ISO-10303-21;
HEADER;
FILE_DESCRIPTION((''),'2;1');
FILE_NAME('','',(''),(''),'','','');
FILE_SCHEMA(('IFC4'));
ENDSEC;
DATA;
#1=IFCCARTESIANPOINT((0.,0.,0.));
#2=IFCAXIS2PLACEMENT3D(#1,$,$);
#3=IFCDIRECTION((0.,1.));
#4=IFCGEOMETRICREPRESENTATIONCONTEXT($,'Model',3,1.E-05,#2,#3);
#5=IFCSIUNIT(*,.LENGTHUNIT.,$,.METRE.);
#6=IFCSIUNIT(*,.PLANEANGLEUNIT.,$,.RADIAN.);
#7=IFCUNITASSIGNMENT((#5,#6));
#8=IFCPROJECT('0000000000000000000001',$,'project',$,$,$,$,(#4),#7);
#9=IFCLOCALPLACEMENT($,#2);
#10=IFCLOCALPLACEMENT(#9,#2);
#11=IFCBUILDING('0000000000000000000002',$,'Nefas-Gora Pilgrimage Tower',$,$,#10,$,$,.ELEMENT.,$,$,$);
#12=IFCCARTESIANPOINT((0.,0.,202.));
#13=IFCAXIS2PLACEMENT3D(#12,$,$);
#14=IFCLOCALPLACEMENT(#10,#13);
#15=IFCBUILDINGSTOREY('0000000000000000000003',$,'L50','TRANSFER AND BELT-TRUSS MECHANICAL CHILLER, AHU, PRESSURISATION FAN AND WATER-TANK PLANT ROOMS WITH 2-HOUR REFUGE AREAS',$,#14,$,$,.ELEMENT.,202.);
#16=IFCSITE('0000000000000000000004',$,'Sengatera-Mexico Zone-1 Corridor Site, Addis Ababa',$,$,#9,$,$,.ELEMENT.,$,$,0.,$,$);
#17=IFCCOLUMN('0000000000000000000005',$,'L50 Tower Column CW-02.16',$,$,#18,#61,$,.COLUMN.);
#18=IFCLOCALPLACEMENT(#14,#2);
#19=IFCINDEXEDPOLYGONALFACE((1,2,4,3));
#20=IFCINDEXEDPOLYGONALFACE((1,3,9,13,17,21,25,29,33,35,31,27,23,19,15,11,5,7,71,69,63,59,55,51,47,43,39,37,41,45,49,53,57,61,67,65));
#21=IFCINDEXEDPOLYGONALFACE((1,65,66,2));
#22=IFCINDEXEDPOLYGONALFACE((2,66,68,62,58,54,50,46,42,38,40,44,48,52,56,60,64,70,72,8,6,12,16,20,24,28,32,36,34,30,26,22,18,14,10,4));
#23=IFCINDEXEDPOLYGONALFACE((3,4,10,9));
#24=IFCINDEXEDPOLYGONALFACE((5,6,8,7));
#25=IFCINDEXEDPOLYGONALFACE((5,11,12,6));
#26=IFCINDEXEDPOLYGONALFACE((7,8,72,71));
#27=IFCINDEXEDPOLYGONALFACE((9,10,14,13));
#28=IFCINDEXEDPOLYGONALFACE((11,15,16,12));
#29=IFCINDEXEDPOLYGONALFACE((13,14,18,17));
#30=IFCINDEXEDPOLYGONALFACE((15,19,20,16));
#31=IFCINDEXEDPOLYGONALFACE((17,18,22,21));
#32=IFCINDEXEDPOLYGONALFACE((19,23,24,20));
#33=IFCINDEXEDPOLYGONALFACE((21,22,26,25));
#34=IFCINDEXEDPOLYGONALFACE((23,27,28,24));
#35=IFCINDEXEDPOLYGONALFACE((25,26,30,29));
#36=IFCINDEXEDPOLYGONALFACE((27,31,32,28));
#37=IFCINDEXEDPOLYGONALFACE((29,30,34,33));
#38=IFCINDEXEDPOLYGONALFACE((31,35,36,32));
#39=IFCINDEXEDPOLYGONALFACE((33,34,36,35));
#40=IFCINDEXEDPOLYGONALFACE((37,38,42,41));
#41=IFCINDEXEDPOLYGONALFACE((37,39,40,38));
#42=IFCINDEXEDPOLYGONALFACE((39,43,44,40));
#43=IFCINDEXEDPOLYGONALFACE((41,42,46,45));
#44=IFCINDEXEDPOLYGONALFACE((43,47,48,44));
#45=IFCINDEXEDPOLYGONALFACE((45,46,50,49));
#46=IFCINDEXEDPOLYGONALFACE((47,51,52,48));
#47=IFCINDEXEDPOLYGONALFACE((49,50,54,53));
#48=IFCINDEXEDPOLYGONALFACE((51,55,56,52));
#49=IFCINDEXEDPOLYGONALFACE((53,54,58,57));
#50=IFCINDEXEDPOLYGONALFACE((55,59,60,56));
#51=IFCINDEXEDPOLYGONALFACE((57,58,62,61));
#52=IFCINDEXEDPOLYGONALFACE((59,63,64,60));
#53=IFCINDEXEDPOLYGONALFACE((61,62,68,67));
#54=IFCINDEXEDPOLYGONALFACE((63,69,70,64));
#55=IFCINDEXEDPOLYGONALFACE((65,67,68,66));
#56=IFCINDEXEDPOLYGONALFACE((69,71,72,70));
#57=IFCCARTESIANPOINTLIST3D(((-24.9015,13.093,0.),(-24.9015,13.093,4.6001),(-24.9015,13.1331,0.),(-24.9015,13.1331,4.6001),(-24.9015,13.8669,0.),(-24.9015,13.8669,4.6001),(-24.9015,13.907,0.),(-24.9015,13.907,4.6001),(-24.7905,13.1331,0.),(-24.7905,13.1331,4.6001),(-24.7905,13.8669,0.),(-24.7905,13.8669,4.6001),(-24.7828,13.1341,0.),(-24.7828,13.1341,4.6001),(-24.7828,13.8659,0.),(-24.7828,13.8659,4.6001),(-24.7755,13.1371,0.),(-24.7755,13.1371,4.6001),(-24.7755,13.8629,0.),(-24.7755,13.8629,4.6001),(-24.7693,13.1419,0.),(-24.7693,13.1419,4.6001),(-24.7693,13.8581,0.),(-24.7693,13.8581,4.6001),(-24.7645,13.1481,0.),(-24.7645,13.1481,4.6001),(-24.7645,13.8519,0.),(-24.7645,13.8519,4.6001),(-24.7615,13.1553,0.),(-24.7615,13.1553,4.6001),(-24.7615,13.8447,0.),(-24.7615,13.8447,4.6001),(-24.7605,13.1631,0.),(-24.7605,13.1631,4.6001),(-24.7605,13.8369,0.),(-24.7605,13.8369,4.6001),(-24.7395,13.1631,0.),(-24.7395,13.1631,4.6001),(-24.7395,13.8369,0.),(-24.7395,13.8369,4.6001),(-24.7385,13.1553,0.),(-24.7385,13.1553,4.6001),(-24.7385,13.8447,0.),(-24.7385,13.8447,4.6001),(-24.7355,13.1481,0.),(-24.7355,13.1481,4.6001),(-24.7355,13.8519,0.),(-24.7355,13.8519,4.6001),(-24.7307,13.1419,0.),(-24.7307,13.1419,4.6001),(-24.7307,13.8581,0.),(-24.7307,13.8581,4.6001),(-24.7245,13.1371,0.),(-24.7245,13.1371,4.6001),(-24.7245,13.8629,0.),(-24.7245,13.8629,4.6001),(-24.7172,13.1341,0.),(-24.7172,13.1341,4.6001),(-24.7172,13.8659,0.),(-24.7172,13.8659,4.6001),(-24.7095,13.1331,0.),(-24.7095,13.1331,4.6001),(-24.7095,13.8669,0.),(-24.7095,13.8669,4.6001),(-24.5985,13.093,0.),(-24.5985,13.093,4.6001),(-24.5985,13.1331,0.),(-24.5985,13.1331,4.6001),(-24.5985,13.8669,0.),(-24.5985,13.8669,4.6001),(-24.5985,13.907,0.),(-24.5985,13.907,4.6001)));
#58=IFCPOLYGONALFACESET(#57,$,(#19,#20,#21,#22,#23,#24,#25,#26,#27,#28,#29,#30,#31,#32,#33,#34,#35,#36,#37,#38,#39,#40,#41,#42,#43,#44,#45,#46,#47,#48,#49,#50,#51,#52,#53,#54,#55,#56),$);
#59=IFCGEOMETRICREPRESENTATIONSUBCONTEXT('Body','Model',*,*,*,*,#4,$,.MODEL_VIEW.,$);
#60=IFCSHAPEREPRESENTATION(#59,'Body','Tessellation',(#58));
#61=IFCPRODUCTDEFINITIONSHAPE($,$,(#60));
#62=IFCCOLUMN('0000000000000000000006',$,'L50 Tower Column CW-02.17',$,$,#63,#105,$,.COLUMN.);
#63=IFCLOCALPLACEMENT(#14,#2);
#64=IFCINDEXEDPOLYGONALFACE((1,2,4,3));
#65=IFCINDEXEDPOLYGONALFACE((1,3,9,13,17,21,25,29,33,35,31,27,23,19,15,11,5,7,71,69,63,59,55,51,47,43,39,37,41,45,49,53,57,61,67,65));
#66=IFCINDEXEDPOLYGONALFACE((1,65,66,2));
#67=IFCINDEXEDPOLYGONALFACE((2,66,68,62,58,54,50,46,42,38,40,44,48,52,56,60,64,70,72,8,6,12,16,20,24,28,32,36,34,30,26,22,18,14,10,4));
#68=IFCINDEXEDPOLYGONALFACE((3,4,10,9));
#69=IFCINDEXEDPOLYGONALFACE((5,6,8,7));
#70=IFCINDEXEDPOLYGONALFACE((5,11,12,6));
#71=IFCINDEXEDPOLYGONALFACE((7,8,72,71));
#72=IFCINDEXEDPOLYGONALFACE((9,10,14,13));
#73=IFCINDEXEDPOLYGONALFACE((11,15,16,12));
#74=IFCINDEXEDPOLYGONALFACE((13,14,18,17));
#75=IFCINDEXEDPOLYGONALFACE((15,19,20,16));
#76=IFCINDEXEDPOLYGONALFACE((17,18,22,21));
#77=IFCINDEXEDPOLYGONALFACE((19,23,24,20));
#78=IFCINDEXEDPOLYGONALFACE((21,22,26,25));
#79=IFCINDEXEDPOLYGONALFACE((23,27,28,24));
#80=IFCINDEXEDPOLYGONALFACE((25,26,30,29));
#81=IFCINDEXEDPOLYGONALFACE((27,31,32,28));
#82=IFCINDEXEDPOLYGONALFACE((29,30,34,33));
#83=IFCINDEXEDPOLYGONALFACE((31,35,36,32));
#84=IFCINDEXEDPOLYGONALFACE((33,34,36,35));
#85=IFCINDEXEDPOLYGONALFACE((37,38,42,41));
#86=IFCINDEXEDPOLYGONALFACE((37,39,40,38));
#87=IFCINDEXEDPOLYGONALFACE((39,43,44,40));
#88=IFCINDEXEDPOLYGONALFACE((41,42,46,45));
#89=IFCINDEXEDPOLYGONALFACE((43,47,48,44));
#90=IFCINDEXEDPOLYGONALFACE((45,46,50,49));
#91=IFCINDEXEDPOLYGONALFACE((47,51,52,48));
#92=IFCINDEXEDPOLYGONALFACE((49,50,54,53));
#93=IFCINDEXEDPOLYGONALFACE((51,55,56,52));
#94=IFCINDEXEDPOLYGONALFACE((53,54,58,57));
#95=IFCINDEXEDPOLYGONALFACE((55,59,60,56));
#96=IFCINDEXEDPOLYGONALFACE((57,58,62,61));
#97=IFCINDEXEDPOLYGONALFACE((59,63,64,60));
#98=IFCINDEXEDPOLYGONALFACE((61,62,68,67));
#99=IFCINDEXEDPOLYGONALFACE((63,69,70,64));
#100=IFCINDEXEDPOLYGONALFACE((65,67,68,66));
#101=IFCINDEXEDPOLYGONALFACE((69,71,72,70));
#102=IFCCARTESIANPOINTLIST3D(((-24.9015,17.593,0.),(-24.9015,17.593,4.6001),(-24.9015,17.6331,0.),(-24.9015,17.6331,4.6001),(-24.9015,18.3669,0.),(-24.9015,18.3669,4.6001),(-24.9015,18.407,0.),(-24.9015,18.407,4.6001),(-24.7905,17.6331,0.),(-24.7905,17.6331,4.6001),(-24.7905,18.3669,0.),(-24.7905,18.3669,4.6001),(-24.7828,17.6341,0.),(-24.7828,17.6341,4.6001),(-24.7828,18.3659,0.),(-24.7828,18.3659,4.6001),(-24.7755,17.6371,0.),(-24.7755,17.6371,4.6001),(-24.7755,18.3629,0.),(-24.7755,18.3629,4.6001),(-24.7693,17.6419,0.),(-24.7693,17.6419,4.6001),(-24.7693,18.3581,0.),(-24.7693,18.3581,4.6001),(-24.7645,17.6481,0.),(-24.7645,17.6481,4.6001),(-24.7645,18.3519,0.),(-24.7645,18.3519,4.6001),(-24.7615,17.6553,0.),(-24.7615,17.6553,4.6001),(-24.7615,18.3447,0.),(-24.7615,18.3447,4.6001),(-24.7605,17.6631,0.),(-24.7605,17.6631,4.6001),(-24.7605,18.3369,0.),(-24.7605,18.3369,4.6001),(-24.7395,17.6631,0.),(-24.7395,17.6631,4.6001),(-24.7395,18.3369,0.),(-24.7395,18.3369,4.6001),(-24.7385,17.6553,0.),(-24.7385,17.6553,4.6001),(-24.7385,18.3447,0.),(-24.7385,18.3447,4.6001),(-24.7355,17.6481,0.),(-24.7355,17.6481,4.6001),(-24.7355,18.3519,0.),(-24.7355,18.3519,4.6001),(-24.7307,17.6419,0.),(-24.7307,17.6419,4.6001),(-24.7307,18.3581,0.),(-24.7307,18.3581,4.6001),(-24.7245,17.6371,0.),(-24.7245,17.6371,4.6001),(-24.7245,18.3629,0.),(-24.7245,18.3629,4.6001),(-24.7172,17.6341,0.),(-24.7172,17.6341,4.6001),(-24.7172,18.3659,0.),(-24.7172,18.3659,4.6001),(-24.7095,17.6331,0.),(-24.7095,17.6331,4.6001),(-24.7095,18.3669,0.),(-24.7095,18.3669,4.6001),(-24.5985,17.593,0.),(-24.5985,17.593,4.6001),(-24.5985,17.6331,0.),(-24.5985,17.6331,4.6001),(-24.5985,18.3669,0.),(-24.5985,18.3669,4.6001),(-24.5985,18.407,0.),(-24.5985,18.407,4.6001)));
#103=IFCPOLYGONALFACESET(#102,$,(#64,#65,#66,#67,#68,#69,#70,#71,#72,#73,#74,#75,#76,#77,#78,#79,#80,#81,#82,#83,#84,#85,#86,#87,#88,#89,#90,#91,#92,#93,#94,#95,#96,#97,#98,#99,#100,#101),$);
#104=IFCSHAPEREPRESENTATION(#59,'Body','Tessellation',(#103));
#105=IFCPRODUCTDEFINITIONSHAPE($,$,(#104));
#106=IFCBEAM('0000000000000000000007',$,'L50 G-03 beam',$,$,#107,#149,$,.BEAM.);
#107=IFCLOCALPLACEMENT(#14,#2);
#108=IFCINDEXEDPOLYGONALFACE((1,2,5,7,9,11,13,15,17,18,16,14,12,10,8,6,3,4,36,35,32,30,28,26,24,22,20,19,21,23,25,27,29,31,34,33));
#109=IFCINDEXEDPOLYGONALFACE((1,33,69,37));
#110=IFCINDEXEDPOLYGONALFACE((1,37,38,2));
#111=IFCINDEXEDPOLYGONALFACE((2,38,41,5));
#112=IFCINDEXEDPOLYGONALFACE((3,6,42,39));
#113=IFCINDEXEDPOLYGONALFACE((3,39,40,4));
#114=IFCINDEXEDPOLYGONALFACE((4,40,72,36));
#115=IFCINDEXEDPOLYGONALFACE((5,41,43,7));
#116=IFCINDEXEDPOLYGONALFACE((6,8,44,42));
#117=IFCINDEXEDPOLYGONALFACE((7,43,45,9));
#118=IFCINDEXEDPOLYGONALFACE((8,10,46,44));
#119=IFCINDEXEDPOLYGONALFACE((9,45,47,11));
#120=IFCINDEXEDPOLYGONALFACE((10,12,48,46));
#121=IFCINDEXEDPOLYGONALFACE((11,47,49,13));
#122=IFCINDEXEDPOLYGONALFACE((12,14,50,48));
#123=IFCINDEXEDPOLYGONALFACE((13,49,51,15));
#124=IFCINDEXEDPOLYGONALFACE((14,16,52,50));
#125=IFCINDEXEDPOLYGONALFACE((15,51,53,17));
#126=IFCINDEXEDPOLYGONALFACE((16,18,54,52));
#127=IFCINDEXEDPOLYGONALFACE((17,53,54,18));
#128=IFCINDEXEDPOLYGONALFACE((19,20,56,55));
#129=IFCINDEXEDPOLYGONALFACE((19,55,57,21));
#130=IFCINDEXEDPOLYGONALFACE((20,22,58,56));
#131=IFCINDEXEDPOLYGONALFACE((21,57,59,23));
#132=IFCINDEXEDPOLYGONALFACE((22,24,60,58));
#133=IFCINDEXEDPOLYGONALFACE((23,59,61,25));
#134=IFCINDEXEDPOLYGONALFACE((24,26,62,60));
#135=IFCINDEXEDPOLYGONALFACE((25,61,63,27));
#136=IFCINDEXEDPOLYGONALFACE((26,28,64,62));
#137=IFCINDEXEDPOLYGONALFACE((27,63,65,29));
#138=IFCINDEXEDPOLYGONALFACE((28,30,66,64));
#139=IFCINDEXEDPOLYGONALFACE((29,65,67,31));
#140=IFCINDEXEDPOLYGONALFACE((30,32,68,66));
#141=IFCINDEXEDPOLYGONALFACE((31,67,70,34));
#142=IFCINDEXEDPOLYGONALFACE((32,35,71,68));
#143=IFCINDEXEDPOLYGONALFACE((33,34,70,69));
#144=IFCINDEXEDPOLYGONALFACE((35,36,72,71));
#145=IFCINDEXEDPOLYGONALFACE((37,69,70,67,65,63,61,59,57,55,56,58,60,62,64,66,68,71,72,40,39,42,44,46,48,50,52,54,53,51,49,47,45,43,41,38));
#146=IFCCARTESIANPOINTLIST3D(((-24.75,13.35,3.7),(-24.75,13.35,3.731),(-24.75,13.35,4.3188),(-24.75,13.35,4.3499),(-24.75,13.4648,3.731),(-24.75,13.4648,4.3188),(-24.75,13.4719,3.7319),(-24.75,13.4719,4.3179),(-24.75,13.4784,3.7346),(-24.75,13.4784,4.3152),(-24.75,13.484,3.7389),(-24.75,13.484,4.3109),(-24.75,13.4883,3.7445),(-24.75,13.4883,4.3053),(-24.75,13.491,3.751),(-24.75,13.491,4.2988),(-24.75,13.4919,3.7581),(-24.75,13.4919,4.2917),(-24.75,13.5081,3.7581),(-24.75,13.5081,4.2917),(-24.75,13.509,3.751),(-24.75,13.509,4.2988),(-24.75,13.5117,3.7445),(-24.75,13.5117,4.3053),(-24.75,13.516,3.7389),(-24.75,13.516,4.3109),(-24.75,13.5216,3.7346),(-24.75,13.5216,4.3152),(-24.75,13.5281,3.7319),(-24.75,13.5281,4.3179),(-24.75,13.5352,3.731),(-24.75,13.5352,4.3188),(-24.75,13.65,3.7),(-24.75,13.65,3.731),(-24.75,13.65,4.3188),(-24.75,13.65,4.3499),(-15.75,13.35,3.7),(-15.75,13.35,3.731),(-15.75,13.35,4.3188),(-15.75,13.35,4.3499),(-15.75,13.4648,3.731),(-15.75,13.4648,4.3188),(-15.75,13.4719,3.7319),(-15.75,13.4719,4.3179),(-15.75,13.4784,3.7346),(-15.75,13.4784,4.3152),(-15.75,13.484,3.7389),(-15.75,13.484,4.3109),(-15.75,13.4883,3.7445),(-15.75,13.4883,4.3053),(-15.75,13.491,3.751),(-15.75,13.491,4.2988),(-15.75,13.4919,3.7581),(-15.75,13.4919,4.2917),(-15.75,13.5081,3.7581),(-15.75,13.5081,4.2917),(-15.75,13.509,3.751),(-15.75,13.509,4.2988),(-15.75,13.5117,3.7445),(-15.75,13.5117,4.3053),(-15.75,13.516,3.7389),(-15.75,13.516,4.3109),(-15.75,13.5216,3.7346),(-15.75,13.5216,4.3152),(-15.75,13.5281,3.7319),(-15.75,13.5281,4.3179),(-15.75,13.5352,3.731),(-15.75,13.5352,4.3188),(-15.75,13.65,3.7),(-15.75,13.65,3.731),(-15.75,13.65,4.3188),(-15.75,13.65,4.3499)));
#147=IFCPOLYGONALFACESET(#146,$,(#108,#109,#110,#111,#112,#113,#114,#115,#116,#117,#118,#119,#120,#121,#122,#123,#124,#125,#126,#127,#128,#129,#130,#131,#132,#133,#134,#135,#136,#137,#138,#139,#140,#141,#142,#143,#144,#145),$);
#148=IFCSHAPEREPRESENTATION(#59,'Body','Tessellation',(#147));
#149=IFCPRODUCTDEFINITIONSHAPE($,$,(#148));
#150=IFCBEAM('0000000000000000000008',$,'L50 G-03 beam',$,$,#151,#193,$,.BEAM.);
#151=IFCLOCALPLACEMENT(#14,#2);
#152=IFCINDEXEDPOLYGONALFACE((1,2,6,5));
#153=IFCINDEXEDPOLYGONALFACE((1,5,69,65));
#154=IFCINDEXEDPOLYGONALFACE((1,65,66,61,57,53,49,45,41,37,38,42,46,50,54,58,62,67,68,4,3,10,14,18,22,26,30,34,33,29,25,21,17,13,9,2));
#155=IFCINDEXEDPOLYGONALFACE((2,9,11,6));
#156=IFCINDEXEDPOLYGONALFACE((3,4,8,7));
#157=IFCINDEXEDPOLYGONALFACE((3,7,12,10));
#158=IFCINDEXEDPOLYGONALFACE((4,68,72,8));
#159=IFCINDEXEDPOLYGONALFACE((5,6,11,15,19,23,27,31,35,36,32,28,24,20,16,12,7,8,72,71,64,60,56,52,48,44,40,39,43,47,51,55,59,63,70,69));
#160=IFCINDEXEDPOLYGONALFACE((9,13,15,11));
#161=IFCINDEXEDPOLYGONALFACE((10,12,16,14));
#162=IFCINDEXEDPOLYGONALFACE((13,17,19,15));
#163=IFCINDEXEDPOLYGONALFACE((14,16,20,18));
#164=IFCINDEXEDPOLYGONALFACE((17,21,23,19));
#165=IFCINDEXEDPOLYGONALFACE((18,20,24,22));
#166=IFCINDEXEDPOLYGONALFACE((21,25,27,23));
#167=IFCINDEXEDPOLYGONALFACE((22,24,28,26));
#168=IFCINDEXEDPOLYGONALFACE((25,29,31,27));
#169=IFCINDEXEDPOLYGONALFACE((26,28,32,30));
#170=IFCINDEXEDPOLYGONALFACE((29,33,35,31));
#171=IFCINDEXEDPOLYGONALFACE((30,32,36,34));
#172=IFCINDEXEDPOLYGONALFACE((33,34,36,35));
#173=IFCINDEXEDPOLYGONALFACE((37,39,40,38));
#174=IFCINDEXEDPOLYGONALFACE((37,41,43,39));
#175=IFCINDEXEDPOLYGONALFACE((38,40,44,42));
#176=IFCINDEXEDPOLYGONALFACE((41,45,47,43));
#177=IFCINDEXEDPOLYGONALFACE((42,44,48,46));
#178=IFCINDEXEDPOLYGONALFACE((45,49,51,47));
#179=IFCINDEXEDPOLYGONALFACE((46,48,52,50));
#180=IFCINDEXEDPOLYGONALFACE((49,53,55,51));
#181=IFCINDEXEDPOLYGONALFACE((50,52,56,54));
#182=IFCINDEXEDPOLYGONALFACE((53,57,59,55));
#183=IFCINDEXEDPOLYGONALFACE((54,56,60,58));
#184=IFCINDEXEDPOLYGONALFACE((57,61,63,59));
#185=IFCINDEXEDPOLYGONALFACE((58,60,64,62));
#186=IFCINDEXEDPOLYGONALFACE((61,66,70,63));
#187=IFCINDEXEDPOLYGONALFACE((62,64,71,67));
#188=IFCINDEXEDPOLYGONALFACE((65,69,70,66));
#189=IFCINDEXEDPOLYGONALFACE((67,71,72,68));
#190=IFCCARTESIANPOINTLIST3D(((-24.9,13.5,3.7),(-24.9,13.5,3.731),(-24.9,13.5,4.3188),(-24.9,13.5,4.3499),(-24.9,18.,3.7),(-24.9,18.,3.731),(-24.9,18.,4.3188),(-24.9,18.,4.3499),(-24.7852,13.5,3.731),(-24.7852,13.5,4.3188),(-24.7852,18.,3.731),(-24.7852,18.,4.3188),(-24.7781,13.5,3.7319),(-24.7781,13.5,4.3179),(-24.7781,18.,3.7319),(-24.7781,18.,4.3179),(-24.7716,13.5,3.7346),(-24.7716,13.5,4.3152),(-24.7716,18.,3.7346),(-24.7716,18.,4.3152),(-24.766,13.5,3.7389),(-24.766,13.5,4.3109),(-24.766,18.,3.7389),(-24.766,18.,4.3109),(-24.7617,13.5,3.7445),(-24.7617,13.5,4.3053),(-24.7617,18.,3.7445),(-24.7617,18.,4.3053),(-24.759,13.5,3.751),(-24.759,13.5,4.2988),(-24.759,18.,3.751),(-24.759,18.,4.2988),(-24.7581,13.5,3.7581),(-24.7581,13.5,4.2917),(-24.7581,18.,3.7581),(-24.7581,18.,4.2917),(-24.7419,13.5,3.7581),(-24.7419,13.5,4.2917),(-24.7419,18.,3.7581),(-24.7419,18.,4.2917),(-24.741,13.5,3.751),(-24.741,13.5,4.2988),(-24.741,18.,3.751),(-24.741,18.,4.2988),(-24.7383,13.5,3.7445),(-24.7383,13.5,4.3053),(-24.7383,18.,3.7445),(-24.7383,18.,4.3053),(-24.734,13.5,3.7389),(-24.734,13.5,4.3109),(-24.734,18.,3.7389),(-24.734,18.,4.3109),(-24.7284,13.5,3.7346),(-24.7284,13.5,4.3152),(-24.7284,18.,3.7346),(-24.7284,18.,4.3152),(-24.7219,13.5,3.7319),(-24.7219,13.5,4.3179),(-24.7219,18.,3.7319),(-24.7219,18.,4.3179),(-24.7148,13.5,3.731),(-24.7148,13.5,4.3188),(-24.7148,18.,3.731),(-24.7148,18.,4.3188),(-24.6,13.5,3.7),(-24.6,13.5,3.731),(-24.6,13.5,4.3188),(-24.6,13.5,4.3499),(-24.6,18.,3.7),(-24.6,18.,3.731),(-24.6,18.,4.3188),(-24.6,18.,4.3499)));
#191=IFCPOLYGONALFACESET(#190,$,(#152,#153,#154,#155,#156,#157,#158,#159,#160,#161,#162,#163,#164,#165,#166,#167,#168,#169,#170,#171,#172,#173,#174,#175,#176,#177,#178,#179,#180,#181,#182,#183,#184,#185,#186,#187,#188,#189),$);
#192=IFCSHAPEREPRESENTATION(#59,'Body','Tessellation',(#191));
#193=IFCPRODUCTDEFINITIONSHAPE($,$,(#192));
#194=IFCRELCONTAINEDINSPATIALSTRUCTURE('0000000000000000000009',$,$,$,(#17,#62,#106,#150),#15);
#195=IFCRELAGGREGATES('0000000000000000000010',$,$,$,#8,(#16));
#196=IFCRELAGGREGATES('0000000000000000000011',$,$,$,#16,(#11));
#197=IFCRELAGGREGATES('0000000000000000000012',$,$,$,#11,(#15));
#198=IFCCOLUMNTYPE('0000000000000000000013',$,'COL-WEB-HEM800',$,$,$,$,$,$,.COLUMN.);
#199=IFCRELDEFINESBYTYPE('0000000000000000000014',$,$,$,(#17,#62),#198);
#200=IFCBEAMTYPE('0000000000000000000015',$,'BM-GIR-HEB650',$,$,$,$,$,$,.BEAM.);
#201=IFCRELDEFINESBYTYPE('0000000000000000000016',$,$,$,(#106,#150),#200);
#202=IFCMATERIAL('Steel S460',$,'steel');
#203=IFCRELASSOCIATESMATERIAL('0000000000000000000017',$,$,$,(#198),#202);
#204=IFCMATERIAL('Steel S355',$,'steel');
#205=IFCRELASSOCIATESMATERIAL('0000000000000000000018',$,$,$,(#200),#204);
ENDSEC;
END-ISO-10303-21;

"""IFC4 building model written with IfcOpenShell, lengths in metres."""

from ifc_helpers import new_model, si_unit, direction, frame, origin, origin_2d, place, context, subcontext, project, spatial, i_section, extrude, source, transform, mapped, material, material_profile, profile_set, type_object, element, save


model = new_model("IFC4")

# Units and contexts
model_context = context("Model", 3, precision=1e-05, world=origin(), true_north=direction((0.0, 1.0)))
body_context = subcontext(model_context, "Body", "Model", "MODEL_VIEW")
ifc_project = project(units=[si_unit("LENGTHUNIT", "METRE"), si_unit("PLANEANGLEUNIT", "RADIAN")], contexts=[model_context])

# Site, building, storey
site_placement = place(None, origin())
site = spatial("IfcSite", under=ifc_project, at=site_placement, Name="Sengatera-Mexico Zone-1 Corridor Site, Addis Ababa", CompositionType="ELEMENT", RefElevation=0.0)
building_placement = place(site_placement, origin())
building = spatial("IfcBuilding", under=site, at=building_placement, Name="Nefas-Gora Pilgrimage Tower", CompositionType="ELEMENT")
storey_placement = place(building_placement, frame((0.0, 0.0, 202.0)))
storey = spatial("IfcBuildingStorey", under=building, at=storey_placement, Name="L50", Description="TRANSFER AND BELT-TRUSS MECHANICAL CHILLER, AHU, PRESSURISATION FAN AND WATER-TANK PLANT ROOMS WITH 2-HOUR REFUGE AREAS", CompositionType="ELEMENT", Elevation=202.0)

# Columns
ifc_material_1 = material(Name="Steel S460", Category="steel")
ifc_material_profile_1 = material_profile(ifc_material_1, i_section(OverallWidth=0.303, OverallDepth=0.814, WebThickness=0.021, FlangeThickness=0.04, FilletRadius=0.03, at=origin_2d()), Name="HEM 800")
ifc_profile_set_1 = profile_set([ifc_material_profile_1], Name="Steel S460")
column_type_1 = type_object("IfcColumnType", Name="COL-WEB-HEM800", PredefinedType="COLUMN", material=ifc_profile_set_1)
shared_shape_1 = source(origin(), body_context, "Body", "SweptSolid", [
    extrude(i_section(OverallWidth=0.303, OverallDepth=0.814, WebThickness=0.021, FlangeThickness=0.04, FilletRadius=0.03, at=origin_2d()), origin(), (0.0, 0.0, 1.0), 4.6001),
])
for number, where, z_axis, x_axis, name in (
    (1, (-24.75, 13.5, 0.0), (0.0, 0.0, 1.0), (1.0, 0.0, 0.0), "L50 Tower Column CW-02.16"),
    (2, (-24.75, 18.0, 0.0), (0.0, 0.0, 1.0), (1.0, 0.0, 0.0), "L50 Tower Column CW-02.17"),
):
    element("IfcColumn", number, at=place(storey_placement, frame(where, z_axis=z_axis, x_axis=x_axis)), inside=storey, type_object=column_type_1, Name=name, PredefinedType="COLUMN", context=body_context, shape_type="MappedRepresentation", body=[
        mapped(shared_shape_1, transform((0.0, 0.0, 0.0), x_axis=(1.0, 0.0, 0.0), y_axis=(0.0, 1.0, 0.0), z_axis=(0.0, 0.0, 1.0), scale=1.0)),
    ])

# Beams
ifc_material_2 = material(Name="Steel S355", Category="steel")
ifc_material_profile_2 = material_profile(ifc_material_2, i_section(OverallWidth=0.3, OverallDepth=0.6499, WebThickness=0.0161, FlangeThickness=0.031, FilletRadius=0.0271, at=origin_2d()), Name="HEB 650")
ifc_profile_set_2 = profile_set([ifc_material_profile_2], Name="Steel S355")
beam_type = type_object("IfcBeamType", Name="BM-GIR-HEB650", PredefinedType="BEAM", material=ifc_profile_set_2)
shared_shape_2 = source(origin(), body_context, "Body", "SweptSolid", [
    extrude(i_section(OverallWidth=0.3, OverallDepth=0.6499, WebThickness=0.0161, FlangeThickness=0.031, FilletRadius=0.0271, at=origin_2d()), origin(), (0.0, 0.0, 1.0), 9.0),
])
beam_1_placement = place(storey_placement, frame((-24.75, 13.5, 4.0249), z_axis=(1.0, 0.0, 0.0), x_axis=(0.0, 1.0, 0.0)))
element("IfcBeam", 3, at=beam_1_placement, inside=storey, type_object=beam_type, Name="L50 G-03 beam", PredefinedType="BEAM", context=body_context, shape_type="MappedRepresentation", body=[
    mapped(shared_shape_2, transform((0.0, 0.0, 0.0), x_axis=(1.0, 0.0, 0.0), y_axis=(0.0, 1.0, 0.0), z_axis=(0.0, 0.0, 1.0), scale=1.0)),
])
shared_shape_3 = source(origin(), body_context, "Body", "SweptSolid", [
    extrude(i_section(OverallWidth=0.3, OverallDepth=0.6499, WebThickness=0.0161, FlangeThickness=0.031, FilletRadius=0.0271, at=origin_2d()), origin(), (0.0, 0.0, 1.0), 4.5),
])
beam_2_placement = place(storey_placement, frame((-24.75, 13.5, 4.0249), z_axis=(0.0, 1.0, 0.0), x_axis=(-1.0, 0.0, 0.0)))
element("IfcBeam", 4, at=beam_2_placement, inside=storey, type_object=beam_type, Name="L50 G-03 beam", PredefinedType="BEAM", context=body_context, shape_type="MappedRepresentation", body=[
    mapped(shared_shape_3, transform((0.0, 0.0, 0.0), x_axis=(1.0, 0.0, 0.0), y_axis=(0.0, 1.0, 0.0), z_axis=(0.0, 0.0, 1.0), scale=1.0)),
])

save(model, "model.ifc")
